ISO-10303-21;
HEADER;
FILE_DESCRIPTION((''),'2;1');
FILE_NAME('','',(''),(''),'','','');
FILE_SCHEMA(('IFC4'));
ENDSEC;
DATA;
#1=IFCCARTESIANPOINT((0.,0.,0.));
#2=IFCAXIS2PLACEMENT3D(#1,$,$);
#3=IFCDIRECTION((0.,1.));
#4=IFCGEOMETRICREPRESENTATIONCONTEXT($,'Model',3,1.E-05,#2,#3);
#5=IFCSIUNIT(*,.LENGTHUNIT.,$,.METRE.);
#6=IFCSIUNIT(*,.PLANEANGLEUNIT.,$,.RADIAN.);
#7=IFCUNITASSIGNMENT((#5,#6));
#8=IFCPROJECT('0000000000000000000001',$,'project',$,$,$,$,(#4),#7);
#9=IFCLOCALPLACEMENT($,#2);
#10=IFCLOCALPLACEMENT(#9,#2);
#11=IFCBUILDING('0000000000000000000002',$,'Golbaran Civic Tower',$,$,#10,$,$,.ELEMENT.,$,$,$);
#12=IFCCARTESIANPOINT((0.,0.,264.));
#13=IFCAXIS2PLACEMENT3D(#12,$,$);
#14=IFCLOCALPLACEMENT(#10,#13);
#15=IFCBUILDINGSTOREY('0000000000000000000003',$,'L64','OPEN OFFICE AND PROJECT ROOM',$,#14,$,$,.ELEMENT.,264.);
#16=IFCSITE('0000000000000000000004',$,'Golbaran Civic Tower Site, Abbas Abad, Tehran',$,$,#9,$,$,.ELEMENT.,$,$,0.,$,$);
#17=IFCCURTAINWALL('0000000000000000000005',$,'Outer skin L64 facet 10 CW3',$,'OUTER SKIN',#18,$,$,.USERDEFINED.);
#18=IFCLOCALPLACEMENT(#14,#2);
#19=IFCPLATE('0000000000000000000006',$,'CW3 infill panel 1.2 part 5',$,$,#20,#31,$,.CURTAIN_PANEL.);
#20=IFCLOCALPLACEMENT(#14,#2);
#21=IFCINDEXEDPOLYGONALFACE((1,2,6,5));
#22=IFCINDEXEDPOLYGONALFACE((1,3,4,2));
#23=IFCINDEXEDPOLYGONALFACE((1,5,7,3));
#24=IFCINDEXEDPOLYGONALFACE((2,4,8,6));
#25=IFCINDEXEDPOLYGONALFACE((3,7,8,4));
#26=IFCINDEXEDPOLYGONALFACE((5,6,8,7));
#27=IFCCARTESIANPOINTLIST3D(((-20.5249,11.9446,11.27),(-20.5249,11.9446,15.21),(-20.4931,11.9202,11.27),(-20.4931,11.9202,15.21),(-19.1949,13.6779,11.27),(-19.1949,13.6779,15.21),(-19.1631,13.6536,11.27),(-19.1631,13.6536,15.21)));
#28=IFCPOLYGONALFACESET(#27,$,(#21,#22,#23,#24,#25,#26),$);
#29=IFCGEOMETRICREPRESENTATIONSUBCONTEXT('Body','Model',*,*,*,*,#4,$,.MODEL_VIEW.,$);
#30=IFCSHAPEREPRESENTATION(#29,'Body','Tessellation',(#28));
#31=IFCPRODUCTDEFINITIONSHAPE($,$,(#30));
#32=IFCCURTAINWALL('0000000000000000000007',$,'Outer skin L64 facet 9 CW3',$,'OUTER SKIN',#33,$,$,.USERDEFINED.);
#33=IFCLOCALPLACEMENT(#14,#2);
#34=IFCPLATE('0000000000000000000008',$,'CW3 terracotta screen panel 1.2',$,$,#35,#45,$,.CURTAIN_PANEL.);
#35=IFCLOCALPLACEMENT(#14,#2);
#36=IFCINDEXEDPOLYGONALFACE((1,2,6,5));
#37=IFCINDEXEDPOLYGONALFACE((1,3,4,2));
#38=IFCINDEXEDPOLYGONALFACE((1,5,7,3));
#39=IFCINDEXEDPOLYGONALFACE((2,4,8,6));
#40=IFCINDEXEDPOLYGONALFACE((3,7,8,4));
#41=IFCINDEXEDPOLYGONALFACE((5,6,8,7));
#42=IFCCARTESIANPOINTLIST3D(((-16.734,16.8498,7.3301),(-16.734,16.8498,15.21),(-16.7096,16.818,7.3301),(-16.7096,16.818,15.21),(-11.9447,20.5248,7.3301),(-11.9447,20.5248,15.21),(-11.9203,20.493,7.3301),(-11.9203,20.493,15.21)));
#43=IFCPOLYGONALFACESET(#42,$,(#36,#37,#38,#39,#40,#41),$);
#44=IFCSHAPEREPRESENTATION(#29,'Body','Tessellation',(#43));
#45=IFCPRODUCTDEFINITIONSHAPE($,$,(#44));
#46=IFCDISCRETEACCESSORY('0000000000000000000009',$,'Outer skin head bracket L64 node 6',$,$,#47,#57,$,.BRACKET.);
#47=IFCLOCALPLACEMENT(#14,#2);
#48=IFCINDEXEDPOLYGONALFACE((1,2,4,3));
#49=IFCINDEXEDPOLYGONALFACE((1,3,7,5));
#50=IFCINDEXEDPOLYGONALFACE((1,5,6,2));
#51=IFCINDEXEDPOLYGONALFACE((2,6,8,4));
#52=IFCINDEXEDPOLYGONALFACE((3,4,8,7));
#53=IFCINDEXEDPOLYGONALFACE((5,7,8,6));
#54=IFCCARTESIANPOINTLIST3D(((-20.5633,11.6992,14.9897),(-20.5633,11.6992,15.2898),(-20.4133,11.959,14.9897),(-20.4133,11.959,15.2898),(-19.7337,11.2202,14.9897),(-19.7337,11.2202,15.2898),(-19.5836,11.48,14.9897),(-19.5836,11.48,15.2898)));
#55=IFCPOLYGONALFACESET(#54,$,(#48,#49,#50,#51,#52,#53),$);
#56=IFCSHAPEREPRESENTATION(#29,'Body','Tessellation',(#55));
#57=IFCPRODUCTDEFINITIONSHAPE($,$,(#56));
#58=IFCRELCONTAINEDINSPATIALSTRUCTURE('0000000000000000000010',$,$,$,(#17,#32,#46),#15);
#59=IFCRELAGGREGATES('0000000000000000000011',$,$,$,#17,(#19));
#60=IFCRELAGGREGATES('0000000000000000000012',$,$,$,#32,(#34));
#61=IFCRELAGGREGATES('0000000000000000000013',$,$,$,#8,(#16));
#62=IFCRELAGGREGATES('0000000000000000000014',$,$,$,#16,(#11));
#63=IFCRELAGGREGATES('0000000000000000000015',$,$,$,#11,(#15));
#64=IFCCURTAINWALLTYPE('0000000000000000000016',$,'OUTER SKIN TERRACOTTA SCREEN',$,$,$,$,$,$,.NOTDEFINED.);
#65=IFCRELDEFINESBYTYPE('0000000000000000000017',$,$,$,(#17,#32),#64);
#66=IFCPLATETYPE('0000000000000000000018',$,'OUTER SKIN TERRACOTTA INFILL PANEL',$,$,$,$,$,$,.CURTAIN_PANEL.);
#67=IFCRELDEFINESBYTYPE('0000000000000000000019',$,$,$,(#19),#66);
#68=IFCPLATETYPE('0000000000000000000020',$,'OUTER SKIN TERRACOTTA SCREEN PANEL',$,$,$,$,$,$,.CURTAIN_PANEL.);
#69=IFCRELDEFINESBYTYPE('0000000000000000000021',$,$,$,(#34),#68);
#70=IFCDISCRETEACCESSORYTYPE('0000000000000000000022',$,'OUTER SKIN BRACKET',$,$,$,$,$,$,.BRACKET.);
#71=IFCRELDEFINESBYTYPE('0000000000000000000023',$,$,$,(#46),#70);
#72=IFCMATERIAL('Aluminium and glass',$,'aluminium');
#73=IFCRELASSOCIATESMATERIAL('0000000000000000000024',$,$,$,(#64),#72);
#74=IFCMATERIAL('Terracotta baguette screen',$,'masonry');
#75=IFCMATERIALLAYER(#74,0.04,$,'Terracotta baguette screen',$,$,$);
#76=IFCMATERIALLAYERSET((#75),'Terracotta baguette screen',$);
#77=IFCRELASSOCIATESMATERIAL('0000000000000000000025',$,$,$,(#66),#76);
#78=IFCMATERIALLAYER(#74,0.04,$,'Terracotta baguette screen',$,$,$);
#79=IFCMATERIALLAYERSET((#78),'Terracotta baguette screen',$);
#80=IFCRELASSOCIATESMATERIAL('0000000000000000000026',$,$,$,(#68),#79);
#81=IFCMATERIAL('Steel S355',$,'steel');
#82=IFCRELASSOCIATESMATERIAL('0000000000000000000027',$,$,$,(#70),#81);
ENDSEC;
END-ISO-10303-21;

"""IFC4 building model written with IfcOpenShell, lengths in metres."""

from ifc_helpers import new_model, si_unit, direction, frame, origin, origin_2d, place, context, subcontext, project, spatial, rectangle, extrude, material, layer, layer_set, type_object, element, aggregate, save


model = new_model("IFC4")

# Units and contexts
model_context = context("Model", 3, precision=1e-05, world=origin(), true_north=direction((0.0, 1.0)))
body_context = subcontext(model_context, "Body", "Model", "MODEL_VIEW")
ifc_project = project(units=[si_unit("LENGTHUNIT", "METRE"), si_unit("PLANEANGLEUNIT", "RADIAN")], contexts=[model_context])

# Site, building, storey
site_placement = place(None, origin())
site = spatial("IfcSite", under=ifc_project, at=site_placement, Name="Golbaran Civic Tower Site, Abbas Abad, Tehran", CompositionType="ELEMENT", RefElevation=0.0)
building_placement = place(site_placement, origin())
building = spatial("IfcBuilding", under=site, at=building_placement, Name="Golbaran Civic Tower", CompositionType="ELEMENT")
storey_placement = place(building_placement, frame((0.0, 0.0, 264.0)))
storey = spatial("IfcBuildingStorey", under=building, at=storey_placement, Name="L64", Description="OPEN OFFICE AND PROJECT ROOM", CompositionType="ELEMENT", Elevation=264.0)

# Curtain wall
ifc_material_1 = material(Name="Aluminium and glass", Category="aluminium")
curtain_wall_type_1 = type_object("IfcCurtainWallType", Name="OUTER SKIN TERRACOTTA SCREEN", PredefinedType="NOTDEFINED", material=ifc_material_1)
curtain_wall_1_placement = place(storey_placement, origin())
curtain_wall_1 = element("IfcCurtainWall", 1, at=curtain_wall_1_placement, inside=storey, type_object=curtain_wall_type_1, Name="Outer skin L64 facet 10 CW3", ObjectType="OUTER SKIN", PredefinedType="USERDEFINED")

# Plate
ifc_material_2 = material(Name="Terracotta baguette screen", Category="masonry")
ifc_layer_1 = layer(ifc_material_2, 0.04, Name="Terracotta baguette screen")
ifc_layer_set_1 = layer_set([ifc_layer_1], Name="Terracotta baguette screen")
plate_type_1 = type_object("IfcPlateType", Name="OUTER SKIN TERRACOTTA INFILL PANEL", PredefinedType="CURTAIN_PANEL", material=ifc_layer_set_1)
plate_1_placement = place(storey_placement, frame((-19.844, 12.7991, 11.27), z_axis=(0.0, 0.0, 1.0), x_axis=(-0.608761, -0.793353, 0.0)))
plate_1 = element("IfcPlate", 2, at=plate_1_placement, type_object=plate_type_1, Name="CW3 infill panel 1.2 part 5", PredefinedType="CURTAIN_PANEL", context=body_context, shape_type="SweptSolid", body=[
    extrude(rectangle(XDim=2.1848, YDim=0.04, at=origin_2d()), origin(), (0.0, 0.0, 1.0), 3.9399),
])
aggregate(curtain_wall_1, [plate_1])

# Curtain wall, plate
curtain_wall_2_placement = place(storey_placement, origin())
curtain_wall_2 = element("IfcCurtainWall", 3, at=curtain_wall_2_placement, inside=storey, type_object=curtain_wall_type_1, Name="Outer skin L64 facet 9 CW3", ObjectType="OUTER SKIN", PredefinedType="USERDEFINED")
ifc_layer_2 = layer(ifc_material_2, 0.04, Name="Terracotta baguette screen")
ifc_layer_set_2 = layer_set([ifc_layer_2], Name="Terracotta baguette screen")
plate_type_2 = type_object("IfcPlateType", Name="OUTER SKIN TERRACOTTA SCREEN PANEL", PredefinedType="CURTAIN_PANEL", material=ifc_layer_set_2)
plate_2_placement = place(storey_placement, frame((-14.3271, 18.6714, 7.3301), z_axis=(0.0, 0.0, 1.0), x_axis=(-0.793353, -0.608761, 0.0)))
plate_2 = element("IfcPlate", 4, at=plate_2_placement, type_object=plate_type_2, Name="CW3 terracotta screen panel 1.2", PredefinedType="CURTAIN_PANEL", context=body_context, shape_type="SweptSolid", body=[
    extrude(rectangle(XDim=6.0369, YDim=0.04, at=origin_2d()), origin(), (0.0, 0.0, 1.0), 7.8799),
])
aggregate(curtain_wall_2, [plate_2])

# Discrete accessory
ifc_material_3 = material(Name="Steel S355", Category="steel")
discrete_accessory_type = type_object("IfcDiscreteAccessoryType", Name="OUTER SKIN BRACKET", PredefinedType="BRACKET", material=ifc_material_3)
discrete_accessory_placement = place(storey_placement, frame((-20.0735, 11.5896, 14.9897), z_axis=(0.0, 0.0, 1.0), x_axis=(-0.866025, 0.5, 0.0)))
element("IfcDiscreteAccessory", 5, at=discrete_accessory_placement, inside=storey, type_object=discrete_accessory_type, Name="Outer skin head bracket L64 node 6", PredefinedType="BRACKET", context=body_context, shape_type="SweptSolid", body=[
    extrude(rectangle(XDim=0.958, YDim=0.3, at=origin_2d()), origin(), (0.0, 0.0, 1.0), 0.3),
])

save(model, "model.ifc")
